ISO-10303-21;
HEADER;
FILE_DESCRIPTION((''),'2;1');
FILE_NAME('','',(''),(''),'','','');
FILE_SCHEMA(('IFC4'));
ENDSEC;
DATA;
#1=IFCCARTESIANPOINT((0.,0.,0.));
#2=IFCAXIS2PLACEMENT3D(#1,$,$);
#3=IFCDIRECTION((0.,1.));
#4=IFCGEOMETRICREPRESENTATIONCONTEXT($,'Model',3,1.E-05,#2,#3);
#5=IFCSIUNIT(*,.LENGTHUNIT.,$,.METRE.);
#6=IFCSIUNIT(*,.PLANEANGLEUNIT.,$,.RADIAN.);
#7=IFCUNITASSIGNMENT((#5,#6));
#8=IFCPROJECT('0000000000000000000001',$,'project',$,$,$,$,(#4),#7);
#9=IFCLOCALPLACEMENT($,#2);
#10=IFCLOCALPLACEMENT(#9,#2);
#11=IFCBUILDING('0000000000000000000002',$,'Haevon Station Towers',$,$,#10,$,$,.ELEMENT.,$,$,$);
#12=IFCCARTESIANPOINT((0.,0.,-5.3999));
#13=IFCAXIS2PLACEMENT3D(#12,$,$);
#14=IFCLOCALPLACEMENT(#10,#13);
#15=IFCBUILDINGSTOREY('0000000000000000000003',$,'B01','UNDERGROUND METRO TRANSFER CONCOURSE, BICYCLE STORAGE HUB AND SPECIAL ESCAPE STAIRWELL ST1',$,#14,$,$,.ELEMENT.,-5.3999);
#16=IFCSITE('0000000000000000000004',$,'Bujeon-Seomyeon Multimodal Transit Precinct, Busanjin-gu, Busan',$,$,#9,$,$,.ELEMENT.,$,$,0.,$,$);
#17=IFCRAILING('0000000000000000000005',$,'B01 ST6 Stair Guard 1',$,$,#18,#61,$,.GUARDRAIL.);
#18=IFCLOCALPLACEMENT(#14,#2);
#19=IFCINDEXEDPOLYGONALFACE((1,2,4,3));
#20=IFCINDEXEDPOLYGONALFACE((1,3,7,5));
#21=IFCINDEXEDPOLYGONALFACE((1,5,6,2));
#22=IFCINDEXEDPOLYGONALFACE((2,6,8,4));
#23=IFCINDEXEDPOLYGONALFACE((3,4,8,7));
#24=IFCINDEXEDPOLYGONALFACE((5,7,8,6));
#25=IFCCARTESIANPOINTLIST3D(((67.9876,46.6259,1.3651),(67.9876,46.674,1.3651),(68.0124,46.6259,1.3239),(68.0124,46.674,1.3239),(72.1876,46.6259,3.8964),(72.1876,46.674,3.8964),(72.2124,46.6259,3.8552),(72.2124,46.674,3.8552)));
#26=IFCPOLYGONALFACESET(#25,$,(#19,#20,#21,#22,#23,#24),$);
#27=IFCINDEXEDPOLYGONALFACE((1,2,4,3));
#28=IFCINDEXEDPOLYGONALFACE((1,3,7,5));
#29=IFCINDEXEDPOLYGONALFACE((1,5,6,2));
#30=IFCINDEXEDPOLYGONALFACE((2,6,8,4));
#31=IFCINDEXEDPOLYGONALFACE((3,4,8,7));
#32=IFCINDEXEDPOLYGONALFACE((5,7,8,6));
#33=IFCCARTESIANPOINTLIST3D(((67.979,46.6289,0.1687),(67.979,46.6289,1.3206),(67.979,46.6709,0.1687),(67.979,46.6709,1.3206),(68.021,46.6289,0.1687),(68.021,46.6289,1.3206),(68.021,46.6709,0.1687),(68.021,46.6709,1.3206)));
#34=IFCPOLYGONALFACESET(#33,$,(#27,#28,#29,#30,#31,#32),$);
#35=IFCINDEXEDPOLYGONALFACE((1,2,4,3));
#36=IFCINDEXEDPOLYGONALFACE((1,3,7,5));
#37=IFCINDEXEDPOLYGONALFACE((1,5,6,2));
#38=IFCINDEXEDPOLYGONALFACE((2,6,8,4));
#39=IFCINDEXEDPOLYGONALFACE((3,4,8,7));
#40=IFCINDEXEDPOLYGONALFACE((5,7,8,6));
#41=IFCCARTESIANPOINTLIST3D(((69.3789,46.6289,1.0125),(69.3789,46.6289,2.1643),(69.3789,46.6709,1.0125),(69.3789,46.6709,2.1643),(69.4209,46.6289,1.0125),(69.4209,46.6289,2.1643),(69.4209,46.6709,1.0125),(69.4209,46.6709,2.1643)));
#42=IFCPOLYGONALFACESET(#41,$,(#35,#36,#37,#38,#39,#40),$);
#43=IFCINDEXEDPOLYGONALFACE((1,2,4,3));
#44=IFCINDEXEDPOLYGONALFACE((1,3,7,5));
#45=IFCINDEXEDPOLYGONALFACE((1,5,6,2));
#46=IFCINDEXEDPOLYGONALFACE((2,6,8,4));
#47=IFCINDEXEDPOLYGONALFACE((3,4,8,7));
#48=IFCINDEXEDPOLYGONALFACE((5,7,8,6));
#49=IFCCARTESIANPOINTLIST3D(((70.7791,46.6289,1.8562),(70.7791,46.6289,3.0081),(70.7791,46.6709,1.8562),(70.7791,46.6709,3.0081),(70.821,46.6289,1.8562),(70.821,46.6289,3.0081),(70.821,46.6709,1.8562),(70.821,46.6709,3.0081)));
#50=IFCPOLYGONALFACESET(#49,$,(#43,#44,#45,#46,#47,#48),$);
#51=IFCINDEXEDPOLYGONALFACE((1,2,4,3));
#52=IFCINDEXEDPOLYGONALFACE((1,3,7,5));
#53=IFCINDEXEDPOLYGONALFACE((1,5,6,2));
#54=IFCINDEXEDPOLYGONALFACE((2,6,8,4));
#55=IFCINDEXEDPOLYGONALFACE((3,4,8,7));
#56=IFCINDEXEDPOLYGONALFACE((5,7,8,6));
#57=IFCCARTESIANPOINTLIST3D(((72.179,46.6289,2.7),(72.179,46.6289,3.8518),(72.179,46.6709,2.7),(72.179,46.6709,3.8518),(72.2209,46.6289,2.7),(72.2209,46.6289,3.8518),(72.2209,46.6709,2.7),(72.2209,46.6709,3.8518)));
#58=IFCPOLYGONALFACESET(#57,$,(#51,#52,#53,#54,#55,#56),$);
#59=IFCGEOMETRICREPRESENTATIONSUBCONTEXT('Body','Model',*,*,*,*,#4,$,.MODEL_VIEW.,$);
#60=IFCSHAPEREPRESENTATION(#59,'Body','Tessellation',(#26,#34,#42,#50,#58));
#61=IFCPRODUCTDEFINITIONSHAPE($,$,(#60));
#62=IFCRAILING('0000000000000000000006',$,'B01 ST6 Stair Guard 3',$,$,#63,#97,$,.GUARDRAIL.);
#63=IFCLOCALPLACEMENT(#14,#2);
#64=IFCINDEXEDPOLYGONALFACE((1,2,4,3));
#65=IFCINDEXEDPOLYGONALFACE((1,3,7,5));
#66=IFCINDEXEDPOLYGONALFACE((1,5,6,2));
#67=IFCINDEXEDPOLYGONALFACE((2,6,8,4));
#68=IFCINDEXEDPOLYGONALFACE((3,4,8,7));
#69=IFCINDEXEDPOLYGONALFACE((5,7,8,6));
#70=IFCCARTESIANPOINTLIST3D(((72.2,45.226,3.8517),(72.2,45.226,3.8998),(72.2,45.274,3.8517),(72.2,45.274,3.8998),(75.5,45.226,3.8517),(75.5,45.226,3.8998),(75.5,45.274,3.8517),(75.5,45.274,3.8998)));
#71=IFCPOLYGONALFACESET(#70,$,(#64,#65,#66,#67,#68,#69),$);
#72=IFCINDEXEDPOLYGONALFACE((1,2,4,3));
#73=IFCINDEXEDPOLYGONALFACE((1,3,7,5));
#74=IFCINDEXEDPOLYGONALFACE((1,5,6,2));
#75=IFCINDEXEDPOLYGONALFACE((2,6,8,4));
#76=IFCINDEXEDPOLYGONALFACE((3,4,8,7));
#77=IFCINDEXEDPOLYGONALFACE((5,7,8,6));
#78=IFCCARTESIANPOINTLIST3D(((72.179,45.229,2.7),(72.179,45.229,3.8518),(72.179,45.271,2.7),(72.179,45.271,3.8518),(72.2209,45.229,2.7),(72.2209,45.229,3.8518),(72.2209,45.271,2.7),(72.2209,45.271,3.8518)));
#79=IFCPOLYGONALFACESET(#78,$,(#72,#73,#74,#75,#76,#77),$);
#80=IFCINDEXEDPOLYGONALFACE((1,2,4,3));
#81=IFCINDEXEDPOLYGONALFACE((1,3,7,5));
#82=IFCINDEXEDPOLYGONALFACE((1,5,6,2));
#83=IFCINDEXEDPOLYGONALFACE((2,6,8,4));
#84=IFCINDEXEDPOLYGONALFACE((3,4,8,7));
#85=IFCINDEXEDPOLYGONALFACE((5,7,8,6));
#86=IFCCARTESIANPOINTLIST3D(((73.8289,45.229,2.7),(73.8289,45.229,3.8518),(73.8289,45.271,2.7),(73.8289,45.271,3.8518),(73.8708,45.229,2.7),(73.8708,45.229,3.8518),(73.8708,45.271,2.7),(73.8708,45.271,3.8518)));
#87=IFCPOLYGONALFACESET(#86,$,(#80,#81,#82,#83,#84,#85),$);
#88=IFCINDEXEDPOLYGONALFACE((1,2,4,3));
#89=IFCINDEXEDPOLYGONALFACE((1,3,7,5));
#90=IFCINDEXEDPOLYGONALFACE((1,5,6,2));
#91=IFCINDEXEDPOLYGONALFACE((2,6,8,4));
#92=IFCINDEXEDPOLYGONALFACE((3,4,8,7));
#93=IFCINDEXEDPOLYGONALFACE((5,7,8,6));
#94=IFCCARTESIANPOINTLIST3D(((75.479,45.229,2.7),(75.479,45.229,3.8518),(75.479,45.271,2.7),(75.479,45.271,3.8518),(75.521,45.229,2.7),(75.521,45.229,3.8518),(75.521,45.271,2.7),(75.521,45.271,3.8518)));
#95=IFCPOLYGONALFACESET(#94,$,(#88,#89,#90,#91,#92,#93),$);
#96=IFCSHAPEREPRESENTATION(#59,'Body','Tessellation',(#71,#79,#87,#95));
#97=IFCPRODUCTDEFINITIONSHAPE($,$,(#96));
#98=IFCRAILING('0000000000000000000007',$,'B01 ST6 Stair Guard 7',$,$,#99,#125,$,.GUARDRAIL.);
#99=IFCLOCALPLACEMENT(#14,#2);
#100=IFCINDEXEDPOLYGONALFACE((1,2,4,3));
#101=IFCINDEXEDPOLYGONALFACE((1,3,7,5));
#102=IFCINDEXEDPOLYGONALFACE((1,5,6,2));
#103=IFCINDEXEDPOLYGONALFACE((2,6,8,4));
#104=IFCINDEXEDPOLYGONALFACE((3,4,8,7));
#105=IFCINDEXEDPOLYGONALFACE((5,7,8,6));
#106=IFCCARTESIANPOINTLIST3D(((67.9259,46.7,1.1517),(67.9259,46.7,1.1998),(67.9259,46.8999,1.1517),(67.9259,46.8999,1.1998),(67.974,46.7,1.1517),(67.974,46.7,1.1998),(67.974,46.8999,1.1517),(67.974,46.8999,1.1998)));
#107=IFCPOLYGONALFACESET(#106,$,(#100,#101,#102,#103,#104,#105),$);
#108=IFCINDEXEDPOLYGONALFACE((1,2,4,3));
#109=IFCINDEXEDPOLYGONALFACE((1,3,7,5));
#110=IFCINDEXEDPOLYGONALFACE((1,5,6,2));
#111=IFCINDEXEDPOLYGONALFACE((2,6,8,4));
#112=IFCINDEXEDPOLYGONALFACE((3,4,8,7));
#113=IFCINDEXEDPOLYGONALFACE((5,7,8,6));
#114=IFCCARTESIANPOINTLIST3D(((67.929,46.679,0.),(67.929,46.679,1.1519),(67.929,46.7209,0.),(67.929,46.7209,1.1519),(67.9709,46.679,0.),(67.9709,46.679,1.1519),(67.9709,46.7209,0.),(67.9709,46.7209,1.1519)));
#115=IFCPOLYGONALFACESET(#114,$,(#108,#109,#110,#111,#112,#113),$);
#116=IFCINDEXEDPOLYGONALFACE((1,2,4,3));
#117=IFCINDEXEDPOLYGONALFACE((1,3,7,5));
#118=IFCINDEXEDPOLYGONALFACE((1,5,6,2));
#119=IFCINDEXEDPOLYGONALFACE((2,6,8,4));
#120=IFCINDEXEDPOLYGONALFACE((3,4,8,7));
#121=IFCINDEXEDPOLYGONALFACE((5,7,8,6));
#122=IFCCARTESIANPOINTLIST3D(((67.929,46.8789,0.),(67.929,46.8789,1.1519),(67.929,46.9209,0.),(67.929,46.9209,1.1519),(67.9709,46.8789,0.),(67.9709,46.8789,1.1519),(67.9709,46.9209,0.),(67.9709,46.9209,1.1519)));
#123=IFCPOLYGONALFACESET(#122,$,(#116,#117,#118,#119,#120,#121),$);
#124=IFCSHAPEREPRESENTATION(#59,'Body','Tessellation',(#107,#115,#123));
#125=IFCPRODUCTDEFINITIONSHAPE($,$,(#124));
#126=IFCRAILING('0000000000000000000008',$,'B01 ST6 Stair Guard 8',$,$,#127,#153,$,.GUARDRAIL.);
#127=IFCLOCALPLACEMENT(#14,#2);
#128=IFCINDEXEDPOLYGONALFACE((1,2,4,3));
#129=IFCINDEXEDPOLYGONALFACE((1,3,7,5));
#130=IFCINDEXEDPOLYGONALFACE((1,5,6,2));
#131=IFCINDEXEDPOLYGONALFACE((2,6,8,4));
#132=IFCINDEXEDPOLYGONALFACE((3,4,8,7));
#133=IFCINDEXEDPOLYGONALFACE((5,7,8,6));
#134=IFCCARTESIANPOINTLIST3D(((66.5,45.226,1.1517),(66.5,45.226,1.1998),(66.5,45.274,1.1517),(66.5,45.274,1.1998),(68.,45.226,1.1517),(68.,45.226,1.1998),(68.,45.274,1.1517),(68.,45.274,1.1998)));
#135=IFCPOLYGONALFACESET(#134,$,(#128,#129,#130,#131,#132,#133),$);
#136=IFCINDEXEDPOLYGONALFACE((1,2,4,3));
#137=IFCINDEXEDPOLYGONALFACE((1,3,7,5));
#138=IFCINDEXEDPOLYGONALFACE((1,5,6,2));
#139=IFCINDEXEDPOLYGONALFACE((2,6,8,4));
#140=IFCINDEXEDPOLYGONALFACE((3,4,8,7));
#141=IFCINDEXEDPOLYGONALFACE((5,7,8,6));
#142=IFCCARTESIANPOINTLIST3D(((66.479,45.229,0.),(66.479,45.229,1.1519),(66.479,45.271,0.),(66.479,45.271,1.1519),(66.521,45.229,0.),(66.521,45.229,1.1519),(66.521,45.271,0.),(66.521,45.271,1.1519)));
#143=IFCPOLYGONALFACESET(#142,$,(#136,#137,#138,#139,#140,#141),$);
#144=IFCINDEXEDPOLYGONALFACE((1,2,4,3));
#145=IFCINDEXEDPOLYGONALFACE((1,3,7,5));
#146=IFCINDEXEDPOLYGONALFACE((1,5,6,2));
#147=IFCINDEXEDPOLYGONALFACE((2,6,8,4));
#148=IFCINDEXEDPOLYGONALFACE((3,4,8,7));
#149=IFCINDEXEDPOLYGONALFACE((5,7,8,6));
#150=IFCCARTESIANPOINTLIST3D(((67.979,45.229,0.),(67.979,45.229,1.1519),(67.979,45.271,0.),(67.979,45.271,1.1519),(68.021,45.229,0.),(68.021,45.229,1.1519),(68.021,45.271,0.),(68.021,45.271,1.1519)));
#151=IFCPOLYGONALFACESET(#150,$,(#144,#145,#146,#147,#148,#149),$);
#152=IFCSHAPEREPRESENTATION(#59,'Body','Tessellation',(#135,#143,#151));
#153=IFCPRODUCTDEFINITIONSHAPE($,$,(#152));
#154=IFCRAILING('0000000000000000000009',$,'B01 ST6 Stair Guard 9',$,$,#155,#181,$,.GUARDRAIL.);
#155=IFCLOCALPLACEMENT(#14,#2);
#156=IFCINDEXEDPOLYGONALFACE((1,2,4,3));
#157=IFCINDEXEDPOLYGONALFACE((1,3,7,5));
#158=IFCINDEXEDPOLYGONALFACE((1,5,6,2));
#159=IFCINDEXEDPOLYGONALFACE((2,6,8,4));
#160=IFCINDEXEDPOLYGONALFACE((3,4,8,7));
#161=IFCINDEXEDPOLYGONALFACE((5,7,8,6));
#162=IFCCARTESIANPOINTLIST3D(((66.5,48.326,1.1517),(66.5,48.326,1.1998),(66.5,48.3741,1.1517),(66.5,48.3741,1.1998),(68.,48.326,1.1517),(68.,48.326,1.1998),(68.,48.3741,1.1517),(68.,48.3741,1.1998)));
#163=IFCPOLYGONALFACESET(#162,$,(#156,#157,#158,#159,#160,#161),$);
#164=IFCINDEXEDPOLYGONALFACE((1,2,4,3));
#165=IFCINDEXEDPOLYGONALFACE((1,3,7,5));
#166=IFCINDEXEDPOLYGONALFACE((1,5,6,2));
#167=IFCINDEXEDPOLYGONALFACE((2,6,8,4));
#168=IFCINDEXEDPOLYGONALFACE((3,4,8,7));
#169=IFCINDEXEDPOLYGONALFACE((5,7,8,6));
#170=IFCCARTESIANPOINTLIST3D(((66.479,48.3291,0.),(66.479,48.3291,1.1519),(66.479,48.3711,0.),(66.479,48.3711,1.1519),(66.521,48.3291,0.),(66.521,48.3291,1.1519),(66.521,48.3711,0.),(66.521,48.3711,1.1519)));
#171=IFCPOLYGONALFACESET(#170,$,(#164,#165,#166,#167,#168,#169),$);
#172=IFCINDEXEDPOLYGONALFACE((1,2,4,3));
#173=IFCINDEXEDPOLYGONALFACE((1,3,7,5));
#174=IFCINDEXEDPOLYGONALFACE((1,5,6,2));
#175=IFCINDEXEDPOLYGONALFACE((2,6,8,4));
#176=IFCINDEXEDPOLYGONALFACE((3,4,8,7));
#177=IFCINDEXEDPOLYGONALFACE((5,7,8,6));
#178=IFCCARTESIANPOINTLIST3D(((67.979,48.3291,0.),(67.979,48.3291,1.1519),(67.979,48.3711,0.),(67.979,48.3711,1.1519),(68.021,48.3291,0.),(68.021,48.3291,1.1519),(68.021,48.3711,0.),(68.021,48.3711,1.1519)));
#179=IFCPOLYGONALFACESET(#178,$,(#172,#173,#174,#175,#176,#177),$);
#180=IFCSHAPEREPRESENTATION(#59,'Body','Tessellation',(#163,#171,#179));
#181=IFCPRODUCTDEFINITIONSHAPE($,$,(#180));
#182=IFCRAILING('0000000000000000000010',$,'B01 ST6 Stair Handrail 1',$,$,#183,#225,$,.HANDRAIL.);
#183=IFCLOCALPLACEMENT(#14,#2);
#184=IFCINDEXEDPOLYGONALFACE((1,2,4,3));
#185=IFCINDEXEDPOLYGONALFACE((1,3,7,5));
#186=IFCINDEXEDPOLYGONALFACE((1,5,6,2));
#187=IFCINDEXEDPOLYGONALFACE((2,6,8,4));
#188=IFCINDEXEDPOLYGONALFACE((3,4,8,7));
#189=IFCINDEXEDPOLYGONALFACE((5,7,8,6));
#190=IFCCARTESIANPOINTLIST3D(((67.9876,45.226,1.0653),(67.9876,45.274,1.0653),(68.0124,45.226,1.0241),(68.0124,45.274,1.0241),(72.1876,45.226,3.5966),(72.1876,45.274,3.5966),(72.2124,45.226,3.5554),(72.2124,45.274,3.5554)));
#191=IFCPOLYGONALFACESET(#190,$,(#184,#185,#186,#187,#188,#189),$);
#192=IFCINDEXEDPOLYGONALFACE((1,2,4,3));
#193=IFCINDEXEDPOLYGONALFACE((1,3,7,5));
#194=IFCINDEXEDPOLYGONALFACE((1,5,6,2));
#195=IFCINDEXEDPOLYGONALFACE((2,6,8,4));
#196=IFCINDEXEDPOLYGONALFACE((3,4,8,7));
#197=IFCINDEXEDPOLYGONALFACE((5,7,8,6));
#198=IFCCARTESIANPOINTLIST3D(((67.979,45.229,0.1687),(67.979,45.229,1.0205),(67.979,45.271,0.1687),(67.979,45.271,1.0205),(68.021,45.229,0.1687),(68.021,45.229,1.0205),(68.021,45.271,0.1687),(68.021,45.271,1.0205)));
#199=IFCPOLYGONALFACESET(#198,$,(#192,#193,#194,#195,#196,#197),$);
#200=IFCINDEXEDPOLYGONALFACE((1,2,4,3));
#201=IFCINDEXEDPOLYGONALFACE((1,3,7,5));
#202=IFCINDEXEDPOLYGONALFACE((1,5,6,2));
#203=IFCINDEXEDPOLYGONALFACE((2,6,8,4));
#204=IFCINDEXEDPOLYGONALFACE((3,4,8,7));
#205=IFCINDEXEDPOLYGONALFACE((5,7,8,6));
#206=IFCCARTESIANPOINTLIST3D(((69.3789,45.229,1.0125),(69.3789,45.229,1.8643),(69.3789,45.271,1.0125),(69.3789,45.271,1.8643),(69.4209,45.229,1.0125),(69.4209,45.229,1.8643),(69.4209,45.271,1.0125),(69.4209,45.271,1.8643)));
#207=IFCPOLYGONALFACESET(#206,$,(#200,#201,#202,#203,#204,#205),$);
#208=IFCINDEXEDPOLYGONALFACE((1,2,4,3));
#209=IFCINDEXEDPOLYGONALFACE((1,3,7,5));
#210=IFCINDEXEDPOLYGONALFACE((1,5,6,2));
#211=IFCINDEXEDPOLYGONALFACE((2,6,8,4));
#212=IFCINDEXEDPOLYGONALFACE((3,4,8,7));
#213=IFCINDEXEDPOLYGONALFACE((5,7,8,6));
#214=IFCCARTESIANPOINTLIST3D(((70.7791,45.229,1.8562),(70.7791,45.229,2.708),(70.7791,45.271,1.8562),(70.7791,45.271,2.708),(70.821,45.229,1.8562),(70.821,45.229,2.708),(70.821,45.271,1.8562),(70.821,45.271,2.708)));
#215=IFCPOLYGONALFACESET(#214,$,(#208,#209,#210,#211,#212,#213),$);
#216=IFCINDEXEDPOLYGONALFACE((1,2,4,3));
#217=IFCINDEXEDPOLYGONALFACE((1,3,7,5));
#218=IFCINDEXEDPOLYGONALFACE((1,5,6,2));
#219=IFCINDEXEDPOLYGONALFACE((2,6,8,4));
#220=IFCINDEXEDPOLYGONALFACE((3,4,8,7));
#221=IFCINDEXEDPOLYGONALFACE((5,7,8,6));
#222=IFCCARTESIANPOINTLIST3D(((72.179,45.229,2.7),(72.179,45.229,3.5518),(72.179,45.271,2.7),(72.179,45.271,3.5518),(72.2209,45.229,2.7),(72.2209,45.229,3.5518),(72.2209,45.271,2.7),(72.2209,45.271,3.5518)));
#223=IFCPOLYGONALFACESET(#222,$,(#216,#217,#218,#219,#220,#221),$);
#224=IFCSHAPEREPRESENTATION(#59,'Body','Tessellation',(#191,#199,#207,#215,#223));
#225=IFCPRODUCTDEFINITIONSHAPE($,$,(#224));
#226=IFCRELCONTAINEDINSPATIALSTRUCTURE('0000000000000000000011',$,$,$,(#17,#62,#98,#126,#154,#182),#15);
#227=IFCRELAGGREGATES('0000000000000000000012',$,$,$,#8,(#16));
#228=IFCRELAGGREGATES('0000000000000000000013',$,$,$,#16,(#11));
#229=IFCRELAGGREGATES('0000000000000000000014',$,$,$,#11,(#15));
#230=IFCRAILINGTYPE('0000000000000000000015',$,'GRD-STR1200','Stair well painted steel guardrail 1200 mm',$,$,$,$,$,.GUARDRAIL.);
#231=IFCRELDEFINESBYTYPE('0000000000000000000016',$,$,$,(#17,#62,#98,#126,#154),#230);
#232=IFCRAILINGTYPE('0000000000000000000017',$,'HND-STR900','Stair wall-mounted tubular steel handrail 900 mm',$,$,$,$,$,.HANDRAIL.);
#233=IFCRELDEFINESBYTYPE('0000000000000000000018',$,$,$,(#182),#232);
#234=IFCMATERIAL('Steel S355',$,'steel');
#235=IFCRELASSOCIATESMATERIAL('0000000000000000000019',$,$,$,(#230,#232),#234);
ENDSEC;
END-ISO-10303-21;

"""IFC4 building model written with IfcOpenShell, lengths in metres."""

from ifc_helpers import new_model, si_unit, direction, frame, origin, origin_2d, place, context, subcontext, project, spatial, rectangle, extrude, material, type_object, element, save


model = new_model("IFC4")

# Units and contexts
model_context = context("Model", 3, precision=1e-05, world=origin(), true_north=direction((0.0, 1.0)))
body_context = subcontext(model_context, "Body", "Model", "MODEL_VIEW")
ifc_project = project(units=[si_unit("LENGTHUNIT", "METRE"), si_unit("PLANEANGLEUNIT", "RADIAN")], contexts=[model_context])

# Site, building, storey
site_placement = place(None, origin())
site = spatial("IfcSite", under=ifc_project, at=site_placement, Name="Bujeon-Seomyeon Multimodal Transit Precinct, Busanjin-gu, Busan", CompositionType="ELEMENT", RefElevation=0.0)
building_placement = place(site_placement, origin())
building = spatial("IfcBuilding", under=site, at=building_placement, Name="Haevon Station Towers", CompositionType="ELEMENT")
storey_placement = place(building_placement, frame((0.0, 0.0, -5.3999)))
storey = spatial("IfcBuildingStorey", under=building, at=storey_placement, Name="B01", Description="UNDERGROUND METRO TRANSFER CONCOURSE, BICYCLE STORAGE HUB AND SPECIAL ESCAPE STAIRWELL ST1", CompositionType="ELEMENT", Elevation=-5.3999)

# Shared definitions
ifc_material_1 = material(Name="Steel S355", Category="steel")

# Railings
railing_type_1 = type_object("IfcRailingType", Name="GRD-STR1200", Description="Stair well painted steel guardrail 1200 mm", PredefinedType="GUARDRAIL", material=ifc_material_1)
railing_1_placement = place(storey_placement, frame((68.0, 46.6499, 0.1687)))
element("IfcRailing", 1, at=railing_1_placement, inside=storey, type_object=railing_type_1, Name="B01 ST6 Stair Guard 1", PredefinedType="GUARDRAIL", context=body_context, shape_type="SweptSolid", body=[
    extrude(rectangle(XDim=0.0481, YDim=0.0481, at=origin_2d()), frame((0.0, 0.0, 1.1758), z_axis=(0.856476, 0.0, 0.516186), x_axis=(0.0, 1.0, 0.0)), (0.0, 0.0, 1.0), 4.9038),
    extrude(rectangle(XDim=0.042, YDim=0.042, at=origin_2d()), origin(), (0.0, 0.0, 1.0), 1.1519),
    extrude(rectangle(XDim=0.042, YDim=0.042, at=origin_2d()), frame((1.3999, 0.0, 0.8438)), (0.0, 0.0, 1.0), 1.1519),
    extrude(rectangle(XDim=0.042, YDim=0.042, at=origin_2d()), frame((2.8, 0.0, 1.6875)), (0.0, 0.0, 1.0), 1.1519),
    extrude(rectangle(XDim=0.042, YDim=0.042, at=origin_2d()), frame((4.2, 0.0, 2.5312)), (0.0, 0.0, 1.0), 1.1519),
])
railing_2_placement = place(storey_placement, frame((72.2, 45.25, 2.7)))
element("IfcRailing", 2, at=railing_2_placement, inside=storey, type_object=railing_type_1, Name="B01 ST6 Stair Guard 3", PredefinedType="GUARDRAIL", context=body_context, shape_type="SweptSolid", body=[
    extrude(rectangle(XDim=0.0481, YDim=0.0481, at=origin_2d()), frame((0.0, 0.0, 1.1758), z_axis=(1.0, 0.0, 0.0), x_axis=(0.0, 1.0, 0.0)), (0.0, 0.0, 1.0), 3.3),
    extrude(rectangle(XDim=0.042, YDim=0.042, at=origin_2d()), origin(), (0.0, 0.0, 1.0), 1.1519),
    extrude(rectangle(XDim=0.042, YDim=0.042, at=origin_2d()), frame((1.6499, 0.0, 0.0)), (0.0, 0.0, 1.0), 1.1519),
    extrude(rectangle(XDim=0.042, YDim=0.042, at=origin_2d()), frame((3.3, 0.0, 0.0)), (0.0, 0.0, 1.0), 1.1519),
])
railing_3_placement = place(storey_placement, frame((67.95, 46.7, 0.0)))
element("IfcRailing", 3, at=railing_3_placement, inside=storey, type_object=railing_type_1, Name="B01 ST6 Stair Guard 7", PredefinedType="GUARDRAIL", context=body_context, shape_type="SweptSolid", body=[
    extrude(rectangle(XDim=0.0481, YDim=0.0481, at=origin_2d()), frame((0.0, 0.0, 1.1758), z_axis=(0.0, 1.0, 0.0), x_axis=(-1.0, 0.0, 0.0)), (0.0, 0.0, 1.0), 0.2),
    extrude(rectangle(XDim=0.042, YDim=0.042, at=origin_2d()), origin(), (0.0, 0.0, 1.0), 1.1519),
    extrude(rectangle(XDim=0.042, YDim=0.042, at=origin_2d()), frame((0.0, 0.2, 0.0)), (0.0, 0.0, 1.0), 1.1519),
])
for number, where, name in (
    (4, (66.5, 45.25, 0.0), "B01 ST6 Stair Guard 8"),
    (5, (66.5, 48.3501, 0.0), "B01 ST6 Stair Guard 9"),
):
    element("IfcRailing", number, at=place(storey_placement, frame(where)), inside=storey, type_object=railing_type_1, Name=name, PredefinedType="GUARDRAIL", context=body_context, shape_type="SweptSolid", body=[
        extrude(rectangle(XDim=0.0481, YDim=0.0481, at=origin_2d()), frame((0.0, 0.0, 1.1758), z_axis=(1.0, 0.0, 0.0), x_axis=(0.0, 1.0, 0.0)), (0.0, 0.0, 1.0), 1.5),
        extrude(rectangle(XDim=0.042, YDim=0.042, at=origin_2d()), origin(), (0.0, 0.0, 1.0), 1.1519),
        extrude(rectangle(XDim=0.042, YDim=0.042, at=origin_2d()), frame((1.5, 0.0, 0.0)), (0.0, 0.0, 1.0), 1.1519),
    ])
railing_type_2 = type_object("IfcRailingType", Name="HND-STR900", Description="Stair wall-mounted tubular steel handrail 900 mm", PredefinedType="HANDRAIL", material=ifc_material_1)
railing_4_placement = place(storey_placement, frame((68.0, 45.25, 0.1687)))
element("IfcRailing", 6, at=railing_4_placement, inside=storey, type_object=railing_type_2, Name="B01 ST6 Stair Handrail 1", PredefinedType="HANDRAIL", context=body_context, shape_type="SweptSolid", body=[
    extrude(rectangle(XDim=0.0481, YDim=0.0481, at=origin_2d()), frame((0.0, 0.0, 0.876), z_axis=(0.856476, 0.0, 0.516186), x_axis=(0.0, 1.0, 0.0)), (0.0, 0.0, 1.0), 4.9038),
    extrude(rectangle(XDim=0.042, YDim=0.042, at=origin_2d()), origin(), (0.0, 0.0, 1.0), 0.8518),
    extrude(rectangle(XDim=0.042, YDim=0.042, at=origin_2d()), frame((1.3999, 0.0, 0.8438)), (0.0, 0.0, 1.0), 0.8518),
    extrude(rectangle(XDim=0.042, YDim=0.042, at=origin_2d()), frame((2.8, 0.0, 1.6875)), (0.0, 0.0, 1.0), 0.8518),
    extrude(rectangle(XDim=0.042, YDim=0.042, at=origin_2d()), frame((4.2, 0.0, 2.5312)), (0.0, 0.0, 1.0), 0.8518),
])

save(model, "model.ifc")
